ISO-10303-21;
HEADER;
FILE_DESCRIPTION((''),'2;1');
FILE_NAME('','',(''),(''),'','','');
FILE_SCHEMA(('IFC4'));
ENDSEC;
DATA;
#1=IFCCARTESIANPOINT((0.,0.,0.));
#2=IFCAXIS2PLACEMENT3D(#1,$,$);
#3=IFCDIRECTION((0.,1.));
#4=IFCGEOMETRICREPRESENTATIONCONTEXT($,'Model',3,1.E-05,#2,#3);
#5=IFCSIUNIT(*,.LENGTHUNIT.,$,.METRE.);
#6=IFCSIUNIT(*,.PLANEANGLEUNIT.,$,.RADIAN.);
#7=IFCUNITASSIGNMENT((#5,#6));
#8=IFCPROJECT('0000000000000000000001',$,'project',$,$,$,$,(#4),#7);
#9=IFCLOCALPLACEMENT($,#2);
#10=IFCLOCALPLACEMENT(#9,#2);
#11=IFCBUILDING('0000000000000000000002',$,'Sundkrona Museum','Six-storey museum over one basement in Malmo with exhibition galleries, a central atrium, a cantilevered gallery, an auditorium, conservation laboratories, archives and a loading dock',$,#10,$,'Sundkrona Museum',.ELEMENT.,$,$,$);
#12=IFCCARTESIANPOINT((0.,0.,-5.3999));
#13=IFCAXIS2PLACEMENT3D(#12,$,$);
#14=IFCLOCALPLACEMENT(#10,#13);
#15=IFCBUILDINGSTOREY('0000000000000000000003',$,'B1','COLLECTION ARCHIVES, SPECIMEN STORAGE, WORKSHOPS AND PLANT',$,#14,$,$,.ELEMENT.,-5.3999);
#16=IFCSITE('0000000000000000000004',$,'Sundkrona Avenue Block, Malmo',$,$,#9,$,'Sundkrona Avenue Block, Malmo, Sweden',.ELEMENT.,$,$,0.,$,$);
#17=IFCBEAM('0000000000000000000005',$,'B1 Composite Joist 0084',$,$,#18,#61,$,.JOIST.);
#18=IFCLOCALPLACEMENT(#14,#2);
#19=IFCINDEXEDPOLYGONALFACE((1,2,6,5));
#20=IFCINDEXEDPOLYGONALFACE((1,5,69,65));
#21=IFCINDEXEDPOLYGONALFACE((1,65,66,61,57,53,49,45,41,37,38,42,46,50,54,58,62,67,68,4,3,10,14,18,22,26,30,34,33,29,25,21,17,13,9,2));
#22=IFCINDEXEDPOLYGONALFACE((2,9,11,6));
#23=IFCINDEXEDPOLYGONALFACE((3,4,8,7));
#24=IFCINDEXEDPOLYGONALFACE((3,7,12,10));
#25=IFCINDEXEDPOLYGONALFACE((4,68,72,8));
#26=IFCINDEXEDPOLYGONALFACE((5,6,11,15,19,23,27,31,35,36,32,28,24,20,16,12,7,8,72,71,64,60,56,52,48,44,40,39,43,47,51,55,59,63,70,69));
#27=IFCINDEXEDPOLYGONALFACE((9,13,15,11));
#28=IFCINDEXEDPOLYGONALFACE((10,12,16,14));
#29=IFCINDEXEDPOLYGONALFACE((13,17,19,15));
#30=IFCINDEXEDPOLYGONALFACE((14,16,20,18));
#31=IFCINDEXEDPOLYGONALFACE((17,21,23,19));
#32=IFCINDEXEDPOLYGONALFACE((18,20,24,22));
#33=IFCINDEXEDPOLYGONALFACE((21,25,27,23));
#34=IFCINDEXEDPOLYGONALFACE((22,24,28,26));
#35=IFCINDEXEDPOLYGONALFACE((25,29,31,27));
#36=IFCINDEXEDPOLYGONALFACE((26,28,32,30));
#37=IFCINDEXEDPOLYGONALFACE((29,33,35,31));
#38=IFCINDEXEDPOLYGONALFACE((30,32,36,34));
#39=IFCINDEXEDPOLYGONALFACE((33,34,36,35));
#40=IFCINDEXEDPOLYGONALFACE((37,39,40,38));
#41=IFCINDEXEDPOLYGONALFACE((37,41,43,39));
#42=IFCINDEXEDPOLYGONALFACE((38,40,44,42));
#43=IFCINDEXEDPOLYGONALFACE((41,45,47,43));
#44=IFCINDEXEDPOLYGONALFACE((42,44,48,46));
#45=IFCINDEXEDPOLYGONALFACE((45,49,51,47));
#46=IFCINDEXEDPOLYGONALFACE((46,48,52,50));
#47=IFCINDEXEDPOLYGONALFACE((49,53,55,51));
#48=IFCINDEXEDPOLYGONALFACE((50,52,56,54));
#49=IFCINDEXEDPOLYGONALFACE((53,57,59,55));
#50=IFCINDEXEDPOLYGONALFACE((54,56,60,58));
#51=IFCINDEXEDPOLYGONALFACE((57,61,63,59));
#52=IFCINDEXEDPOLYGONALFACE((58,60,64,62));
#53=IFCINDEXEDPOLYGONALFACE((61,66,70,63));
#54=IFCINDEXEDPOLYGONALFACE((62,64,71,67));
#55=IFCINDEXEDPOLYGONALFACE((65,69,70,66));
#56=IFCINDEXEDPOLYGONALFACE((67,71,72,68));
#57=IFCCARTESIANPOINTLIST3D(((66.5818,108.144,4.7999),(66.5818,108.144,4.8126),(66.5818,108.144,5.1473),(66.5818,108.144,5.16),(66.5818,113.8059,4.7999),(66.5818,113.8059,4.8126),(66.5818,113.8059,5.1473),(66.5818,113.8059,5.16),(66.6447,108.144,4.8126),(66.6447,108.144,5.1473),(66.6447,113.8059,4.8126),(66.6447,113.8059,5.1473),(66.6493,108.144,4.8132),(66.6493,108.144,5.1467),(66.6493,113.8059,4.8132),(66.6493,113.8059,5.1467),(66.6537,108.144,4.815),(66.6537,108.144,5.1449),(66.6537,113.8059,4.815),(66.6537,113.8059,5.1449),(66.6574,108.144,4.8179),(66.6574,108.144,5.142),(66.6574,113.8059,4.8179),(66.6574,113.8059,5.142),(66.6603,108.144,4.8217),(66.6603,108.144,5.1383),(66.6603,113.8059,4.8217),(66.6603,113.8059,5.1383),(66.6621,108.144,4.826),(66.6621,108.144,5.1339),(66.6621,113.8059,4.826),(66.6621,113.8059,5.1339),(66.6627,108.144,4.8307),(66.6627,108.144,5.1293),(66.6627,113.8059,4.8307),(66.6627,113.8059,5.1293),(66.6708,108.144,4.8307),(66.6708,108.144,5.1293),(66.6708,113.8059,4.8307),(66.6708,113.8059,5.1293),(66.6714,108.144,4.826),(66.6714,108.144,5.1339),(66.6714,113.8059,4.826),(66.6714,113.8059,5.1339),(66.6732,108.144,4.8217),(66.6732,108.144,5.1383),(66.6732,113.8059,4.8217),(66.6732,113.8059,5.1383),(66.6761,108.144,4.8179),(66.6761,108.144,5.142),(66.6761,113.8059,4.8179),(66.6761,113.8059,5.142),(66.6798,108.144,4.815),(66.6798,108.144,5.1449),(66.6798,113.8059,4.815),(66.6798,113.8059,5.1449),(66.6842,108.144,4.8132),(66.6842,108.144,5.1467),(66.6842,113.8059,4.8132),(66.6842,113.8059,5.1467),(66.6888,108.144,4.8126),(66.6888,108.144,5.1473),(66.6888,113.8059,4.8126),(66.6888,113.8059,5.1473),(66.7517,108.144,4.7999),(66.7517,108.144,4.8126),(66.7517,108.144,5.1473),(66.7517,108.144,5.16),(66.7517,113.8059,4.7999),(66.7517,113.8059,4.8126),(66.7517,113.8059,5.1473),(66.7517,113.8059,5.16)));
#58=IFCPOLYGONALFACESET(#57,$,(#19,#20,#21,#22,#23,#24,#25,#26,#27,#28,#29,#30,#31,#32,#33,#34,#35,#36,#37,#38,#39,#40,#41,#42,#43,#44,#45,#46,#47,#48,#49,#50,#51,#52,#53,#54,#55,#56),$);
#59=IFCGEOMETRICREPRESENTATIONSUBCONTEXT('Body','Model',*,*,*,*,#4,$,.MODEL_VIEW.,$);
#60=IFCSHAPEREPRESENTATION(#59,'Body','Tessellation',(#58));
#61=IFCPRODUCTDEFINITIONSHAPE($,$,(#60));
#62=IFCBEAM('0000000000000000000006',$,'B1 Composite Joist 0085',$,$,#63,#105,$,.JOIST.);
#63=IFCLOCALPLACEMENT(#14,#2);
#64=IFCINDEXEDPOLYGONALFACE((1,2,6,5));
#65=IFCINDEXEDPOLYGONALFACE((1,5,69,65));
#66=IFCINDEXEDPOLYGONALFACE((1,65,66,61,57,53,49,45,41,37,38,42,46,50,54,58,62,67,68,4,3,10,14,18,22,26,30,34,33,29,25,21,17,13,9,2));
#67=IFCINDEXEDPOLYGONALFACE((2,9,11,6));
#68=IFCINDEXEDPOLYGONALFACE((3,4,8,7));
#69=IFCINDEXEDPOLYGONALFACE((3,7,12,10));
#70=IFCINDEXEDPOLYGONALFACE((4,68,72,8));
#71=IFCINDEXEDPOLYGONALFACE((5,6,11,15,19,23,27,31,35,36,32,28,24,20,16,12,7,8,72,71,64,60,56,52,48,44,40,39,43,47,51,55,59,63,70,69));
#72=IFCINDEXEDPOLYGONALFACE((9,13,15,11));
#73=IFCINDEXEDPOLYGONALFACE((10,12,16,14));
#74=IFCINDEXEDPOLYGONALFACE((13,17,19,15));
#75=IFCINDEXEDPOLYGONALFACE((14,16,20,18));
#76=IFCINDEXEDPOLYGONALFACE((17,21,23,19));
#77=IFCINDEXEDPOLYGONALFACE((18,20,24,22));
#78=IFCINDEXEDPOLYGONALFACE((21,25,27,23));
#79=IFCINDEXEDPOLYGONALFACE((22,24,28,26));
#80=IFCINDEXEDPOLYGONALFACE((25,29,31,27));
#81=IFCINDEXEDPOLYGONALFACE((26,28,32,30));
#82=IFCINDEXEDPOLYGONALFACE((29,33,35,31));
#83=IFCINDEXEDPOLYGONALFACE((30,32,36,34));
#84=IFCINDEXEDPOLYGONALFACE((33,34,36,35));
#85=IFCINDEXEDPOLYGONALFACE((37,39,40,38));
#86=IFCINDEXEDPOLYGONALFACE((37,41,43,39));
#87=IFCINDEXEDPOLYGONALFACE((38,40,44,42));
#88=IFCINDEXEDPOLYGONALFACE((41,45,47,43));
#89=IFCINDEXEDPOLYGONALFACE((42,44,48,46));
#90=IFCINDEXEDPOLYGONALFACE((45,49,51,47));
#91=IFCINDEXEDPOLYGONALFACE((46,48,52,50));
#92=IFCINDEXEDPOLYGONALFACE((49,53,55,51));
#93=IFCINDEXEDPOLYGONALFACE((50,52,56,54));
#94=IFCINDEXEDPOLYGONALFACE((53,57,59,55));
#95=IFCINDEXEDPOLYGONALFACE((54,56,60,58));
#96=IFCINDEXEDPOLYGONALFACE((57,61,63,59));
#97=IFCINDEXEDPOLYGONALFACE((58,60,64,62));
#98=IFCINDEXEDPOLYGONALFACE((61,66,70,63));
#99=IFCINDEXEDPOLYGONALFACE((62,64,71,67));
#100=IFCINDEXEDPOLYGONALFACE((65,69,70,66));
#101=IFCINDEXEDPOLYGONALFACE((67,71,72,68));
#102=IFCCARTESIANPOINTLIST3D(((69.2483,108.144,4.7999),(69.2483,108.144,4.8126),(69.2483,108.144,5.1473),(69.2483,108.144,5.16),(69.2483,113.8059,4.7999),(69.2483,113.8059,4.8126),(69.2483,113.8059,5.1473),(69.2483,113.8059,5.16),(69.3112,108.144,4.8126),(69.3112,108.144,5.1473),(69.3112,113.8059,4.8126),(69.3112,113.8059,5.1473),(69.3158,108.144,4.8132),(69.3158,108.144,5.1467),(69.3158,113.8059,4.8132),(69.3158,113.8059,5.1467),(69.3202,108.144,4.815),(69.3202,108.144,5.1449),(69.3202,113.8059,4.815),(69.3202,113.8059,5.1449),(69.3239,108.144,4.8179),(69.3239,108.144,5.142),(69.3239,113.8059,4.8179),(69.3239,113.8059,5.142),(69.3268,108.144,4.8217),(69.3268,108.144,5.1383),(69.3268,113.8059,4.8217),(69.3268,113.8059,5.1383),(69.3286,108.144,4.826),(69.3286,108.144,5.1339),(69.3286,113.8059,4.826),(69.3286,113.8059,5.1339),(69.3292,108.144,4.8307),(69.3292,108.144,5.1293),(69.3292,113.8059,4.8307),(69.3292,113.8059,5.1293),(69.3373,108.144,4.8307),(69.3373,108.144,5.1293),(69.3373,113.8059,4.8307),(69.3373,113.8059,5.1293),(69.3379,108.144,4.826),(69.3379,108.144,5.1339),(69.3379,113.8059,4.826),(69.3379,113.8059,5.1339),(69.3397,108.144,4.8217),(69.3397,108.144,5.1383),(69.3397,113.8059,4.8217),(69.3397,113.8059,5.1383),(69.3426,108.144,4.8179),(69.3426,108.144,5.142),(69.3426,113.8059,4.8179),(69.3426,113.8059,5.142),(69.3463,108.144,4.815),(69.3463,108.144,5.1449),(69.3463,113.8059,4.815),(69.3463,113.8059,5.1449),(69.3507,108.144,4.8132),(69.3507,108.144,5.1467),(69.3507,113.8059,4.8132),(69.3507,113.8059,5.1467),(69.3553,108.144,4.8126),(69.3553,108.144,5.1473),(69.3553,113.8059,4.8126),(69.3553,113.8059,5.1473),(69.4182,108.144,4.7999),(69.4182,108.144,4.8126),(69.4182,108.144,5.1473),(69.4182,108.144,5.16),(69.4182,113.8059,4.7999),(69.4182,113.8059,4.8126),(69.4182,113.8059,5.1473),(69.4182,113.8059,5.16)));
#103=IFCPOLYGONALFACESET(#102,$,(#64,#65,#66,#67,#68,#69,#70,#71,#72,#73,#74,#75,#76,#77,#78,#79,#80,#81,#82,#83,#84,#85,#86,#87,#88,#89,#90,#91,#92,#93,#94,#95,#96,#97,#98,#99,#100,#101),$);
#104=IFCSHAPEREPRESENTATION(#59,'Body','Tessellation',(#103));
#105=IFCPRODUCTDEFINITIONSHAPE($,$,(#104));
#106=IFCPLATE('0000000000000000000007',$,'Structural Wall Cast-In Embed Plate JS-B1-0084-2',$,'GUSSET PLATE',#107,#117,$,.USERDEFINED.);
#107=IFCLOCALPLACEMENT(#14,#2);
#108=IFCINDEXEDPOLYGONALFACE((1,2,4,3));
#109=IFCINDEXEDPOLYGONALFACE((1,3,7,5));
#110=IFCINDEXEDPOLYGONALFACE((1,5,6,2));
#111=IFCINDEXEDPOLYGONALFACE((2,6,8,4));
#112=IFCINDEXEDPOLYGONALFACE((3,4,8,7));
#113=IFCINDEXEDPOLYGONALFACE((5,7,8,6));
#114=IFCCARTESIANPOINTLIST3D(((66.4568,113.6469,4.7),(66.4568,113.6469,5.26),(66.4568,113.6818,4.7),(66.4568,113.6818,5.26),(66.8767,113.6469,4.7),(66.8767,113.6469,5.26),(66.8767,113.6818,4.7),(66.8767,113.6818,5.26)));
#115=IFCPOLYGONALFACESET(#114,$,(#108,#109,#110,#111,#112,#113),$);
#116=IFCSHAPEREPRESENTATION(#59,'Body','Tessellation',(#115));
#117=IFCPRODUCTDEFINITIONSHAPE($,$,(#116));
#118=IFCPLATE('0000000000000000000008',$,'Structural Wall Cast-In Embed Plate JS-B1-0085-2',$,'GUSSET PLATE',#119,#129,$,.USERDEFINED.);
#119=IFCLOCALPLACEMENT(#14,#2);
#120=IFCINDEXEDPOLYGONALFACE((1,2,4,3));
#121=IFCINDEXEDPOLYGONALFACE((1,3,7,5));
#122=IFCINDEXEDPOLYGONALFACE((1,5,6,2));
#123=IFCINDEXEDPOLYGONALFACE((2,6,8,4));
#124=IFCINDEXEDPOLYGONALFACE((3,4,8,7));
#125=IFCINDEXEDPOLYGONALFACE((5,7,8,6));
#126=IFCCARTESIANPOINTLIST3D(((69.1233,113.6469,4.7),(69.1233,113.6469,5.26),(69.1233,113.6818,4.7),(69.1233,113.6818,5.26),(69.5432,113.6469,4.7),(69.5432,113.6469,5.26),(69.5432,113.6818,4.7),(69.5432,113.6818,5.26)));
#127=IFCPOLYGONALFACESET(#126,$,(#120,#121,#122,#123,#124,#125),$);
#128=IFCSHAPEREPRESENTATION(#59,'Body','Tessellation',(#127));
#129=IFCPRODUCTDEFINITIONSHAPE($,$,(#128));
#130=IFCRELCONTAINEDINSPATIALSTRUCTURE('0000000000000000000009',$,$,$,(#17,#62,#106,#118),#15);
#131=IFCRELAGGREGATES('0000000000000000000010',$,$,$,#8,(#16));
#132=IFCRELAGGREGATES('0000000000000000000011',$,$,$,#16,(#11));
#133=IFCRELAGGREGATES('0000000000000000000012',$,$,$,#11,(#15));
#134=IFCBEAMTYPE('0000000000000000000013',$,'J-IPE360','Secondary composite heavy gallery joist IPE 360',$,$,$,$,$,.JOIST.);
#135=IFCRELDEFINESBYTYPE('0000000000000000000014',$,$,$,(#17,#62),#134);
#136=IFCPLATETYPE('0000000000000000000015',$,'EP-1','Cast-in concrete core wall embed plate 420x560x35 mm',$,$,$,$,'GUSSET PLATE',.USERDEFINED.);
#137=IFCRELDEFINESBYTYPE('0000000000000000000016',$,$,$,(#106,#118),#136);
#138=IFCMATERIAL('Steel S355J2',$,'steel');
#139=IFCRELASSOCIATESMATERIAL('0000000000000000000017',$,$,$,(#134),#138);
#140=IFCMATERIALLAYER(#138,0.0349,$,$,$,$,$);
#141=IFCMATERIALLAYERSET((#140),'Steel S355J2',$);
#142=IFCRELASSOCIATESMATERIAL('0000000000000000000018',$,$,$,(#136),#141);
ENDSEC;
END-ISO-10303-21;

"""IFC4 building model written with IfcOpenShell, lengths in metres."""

from ifc_helpers import new_model, si_unit, direction, frame, origin, origin_2d, place, context, subcontext, project, spatial, rectangle, i_section, extrude, material, layer, layer_set, material_profile, profile_set, type_object, element, save


model = new_model("IFC4")

# Units and contexts
model_context = context("Model", 3, precision=1e-05, world=origin(), true_north=direction((0.0, 1.0)))
body_context = subcontext(model_context, "Body", "Model", "MODEL_VIEW")
ifc_project = project(units=[si_unit("LENGTHUNIT", "METRE"), si_unit("PLANEANGLEUNIT", "RADIAN")], contexts=[model_context])

# Site, building, storey
site_placement = place(None, origin())
site = spatial("IfcSite", under=ifc_project, at=site_placement, Name="Sundkrona Avenue Block, Malmo", LongName="Sundkrona Avenue Block, Malmo, Sweden", CompositionType="ELEMENT", RefElevation=0.0)
building_placement = place(site_placement, origin())
building = spatial("IfcBuilding", under=site, at=building_placement, Name="Sundkrona Museum", Description="Six-storey museum over one basement in Malmo with exhibition galleries, a central atrium, a cantilevered gallery, an auditorium, conservation laboratories, archives and a loading dock", LongName="Sundkrona Museum", CompositionType="ELEMENT")
storey_placement = place(building_placement, frame((0.0, 0.0, -5.3999)))
storey = spatial("IfcBuildingStorey", under=building, at=storey_placement, Name="B1", Description="COLLECTION ARCHIVES, SPECIMEN STORAGE, WORKSHOPS AND PLANT", CompositionType="ELEMENT", Elevation=-5.3999)

# Beams
ifc_material_1 = material(Name="Steel S355J2", Category="steel")
ifc_material_profile_1 = material_profile(ifc_material_1, i_section(OverallWidth=0.1699, OverallDepth=0.3601, WebThickness=0.0081, FlangeThickness=0.0127, FilletRadius=0.0181, at=origin_2d()), Name="IPE 360")
ifc_profile_set_1 = profile_set([ifc_material_profile_1], Name="Steel S355J2")
beam_type_1 = type_object("IfcBeamType", Name="J-IPE360", Description="Secondary composite heavy gallery joist IPE 360", PredefinedType="JOIST", material=ifc_profile_set_1)
for number, where, z_axis, x_axis, name in (
    (1, (66.6667, 108.144, 4.98), (0.0, 1.0, 0.0), (-1.0, 0.0, 0.0), "B1 Composite Joist 0084"),
    (2, (69.3333, 108.144, 4.98), (0.0, 1.0, 0.0), (-1.0, 0.0, 0.0), "B1 Composite Joist 0085"),
):
    element("IfcBeam", number, at=place(storey_placement, frame(where, z_axis=z_axis, x_axis=x_axis)), inside=storey, type_object=beam_type_1, Name=name, PredefinedType="JOIST", context=body_context, shape_type="SweptSolid", body=[
        extrude(i_section(OverallWidth=0.1699, OverallDepth=0.3601, WebThickness=0.0081, FlangeThickness=0.0127, FilletRadius=0.0181, at=origin_2d()), origin(), (0.0, 0.0, 1.0), 5.6619),
    ])

# Plates
ifc_layer = layer(ifc_material_1, 0.0349)
ifc_layer_set = layer_set([ifc_layer], Name="Steel S355J2")
plate_type = type_object("IfcPlateType", Name="EP-1", Description="Cast-in concrete core wall embed plate 420x560x35 mm", ElementType="GUSSET PLATE", PredefinedType="USERDEFINED", material=ifc_layer_set)
for number, where, z_axis, x_axis, name in (
    (3, (66.6667, 113.6643, 4.7), (0.0, 0.0, 1.0), (1.0, 0.0, 0.0), "Structural Wall Cast-In Embed Plate JS-B1-0084-2"),
    (4, (69.3333, 113.6643, 4.7), (0.0, 0.0, 1.0), (1.0, 0.0, 0.0), "Structural Wall Cast-In Embed Plate JS-B1-0085-2"),
):
    element("IfcPlate", number, at=place(storey_placement, frame(where, z_axis=z_axis, x_axis=x_axis)), inside=storey, type_object=plate_type, Name=name, ObjectType="GUSSET PLATE", PredefinedType="USERDEFINED", context=body_context, shape_type="SweptSolid", body=[
        extrude(rectangle(XDim=0.4199, YDim=0.0349, at=origin_2d()), origin(), (0.0, 0.0, 1.0), 0.5601),
    ])

save(model, "model.ifc")
